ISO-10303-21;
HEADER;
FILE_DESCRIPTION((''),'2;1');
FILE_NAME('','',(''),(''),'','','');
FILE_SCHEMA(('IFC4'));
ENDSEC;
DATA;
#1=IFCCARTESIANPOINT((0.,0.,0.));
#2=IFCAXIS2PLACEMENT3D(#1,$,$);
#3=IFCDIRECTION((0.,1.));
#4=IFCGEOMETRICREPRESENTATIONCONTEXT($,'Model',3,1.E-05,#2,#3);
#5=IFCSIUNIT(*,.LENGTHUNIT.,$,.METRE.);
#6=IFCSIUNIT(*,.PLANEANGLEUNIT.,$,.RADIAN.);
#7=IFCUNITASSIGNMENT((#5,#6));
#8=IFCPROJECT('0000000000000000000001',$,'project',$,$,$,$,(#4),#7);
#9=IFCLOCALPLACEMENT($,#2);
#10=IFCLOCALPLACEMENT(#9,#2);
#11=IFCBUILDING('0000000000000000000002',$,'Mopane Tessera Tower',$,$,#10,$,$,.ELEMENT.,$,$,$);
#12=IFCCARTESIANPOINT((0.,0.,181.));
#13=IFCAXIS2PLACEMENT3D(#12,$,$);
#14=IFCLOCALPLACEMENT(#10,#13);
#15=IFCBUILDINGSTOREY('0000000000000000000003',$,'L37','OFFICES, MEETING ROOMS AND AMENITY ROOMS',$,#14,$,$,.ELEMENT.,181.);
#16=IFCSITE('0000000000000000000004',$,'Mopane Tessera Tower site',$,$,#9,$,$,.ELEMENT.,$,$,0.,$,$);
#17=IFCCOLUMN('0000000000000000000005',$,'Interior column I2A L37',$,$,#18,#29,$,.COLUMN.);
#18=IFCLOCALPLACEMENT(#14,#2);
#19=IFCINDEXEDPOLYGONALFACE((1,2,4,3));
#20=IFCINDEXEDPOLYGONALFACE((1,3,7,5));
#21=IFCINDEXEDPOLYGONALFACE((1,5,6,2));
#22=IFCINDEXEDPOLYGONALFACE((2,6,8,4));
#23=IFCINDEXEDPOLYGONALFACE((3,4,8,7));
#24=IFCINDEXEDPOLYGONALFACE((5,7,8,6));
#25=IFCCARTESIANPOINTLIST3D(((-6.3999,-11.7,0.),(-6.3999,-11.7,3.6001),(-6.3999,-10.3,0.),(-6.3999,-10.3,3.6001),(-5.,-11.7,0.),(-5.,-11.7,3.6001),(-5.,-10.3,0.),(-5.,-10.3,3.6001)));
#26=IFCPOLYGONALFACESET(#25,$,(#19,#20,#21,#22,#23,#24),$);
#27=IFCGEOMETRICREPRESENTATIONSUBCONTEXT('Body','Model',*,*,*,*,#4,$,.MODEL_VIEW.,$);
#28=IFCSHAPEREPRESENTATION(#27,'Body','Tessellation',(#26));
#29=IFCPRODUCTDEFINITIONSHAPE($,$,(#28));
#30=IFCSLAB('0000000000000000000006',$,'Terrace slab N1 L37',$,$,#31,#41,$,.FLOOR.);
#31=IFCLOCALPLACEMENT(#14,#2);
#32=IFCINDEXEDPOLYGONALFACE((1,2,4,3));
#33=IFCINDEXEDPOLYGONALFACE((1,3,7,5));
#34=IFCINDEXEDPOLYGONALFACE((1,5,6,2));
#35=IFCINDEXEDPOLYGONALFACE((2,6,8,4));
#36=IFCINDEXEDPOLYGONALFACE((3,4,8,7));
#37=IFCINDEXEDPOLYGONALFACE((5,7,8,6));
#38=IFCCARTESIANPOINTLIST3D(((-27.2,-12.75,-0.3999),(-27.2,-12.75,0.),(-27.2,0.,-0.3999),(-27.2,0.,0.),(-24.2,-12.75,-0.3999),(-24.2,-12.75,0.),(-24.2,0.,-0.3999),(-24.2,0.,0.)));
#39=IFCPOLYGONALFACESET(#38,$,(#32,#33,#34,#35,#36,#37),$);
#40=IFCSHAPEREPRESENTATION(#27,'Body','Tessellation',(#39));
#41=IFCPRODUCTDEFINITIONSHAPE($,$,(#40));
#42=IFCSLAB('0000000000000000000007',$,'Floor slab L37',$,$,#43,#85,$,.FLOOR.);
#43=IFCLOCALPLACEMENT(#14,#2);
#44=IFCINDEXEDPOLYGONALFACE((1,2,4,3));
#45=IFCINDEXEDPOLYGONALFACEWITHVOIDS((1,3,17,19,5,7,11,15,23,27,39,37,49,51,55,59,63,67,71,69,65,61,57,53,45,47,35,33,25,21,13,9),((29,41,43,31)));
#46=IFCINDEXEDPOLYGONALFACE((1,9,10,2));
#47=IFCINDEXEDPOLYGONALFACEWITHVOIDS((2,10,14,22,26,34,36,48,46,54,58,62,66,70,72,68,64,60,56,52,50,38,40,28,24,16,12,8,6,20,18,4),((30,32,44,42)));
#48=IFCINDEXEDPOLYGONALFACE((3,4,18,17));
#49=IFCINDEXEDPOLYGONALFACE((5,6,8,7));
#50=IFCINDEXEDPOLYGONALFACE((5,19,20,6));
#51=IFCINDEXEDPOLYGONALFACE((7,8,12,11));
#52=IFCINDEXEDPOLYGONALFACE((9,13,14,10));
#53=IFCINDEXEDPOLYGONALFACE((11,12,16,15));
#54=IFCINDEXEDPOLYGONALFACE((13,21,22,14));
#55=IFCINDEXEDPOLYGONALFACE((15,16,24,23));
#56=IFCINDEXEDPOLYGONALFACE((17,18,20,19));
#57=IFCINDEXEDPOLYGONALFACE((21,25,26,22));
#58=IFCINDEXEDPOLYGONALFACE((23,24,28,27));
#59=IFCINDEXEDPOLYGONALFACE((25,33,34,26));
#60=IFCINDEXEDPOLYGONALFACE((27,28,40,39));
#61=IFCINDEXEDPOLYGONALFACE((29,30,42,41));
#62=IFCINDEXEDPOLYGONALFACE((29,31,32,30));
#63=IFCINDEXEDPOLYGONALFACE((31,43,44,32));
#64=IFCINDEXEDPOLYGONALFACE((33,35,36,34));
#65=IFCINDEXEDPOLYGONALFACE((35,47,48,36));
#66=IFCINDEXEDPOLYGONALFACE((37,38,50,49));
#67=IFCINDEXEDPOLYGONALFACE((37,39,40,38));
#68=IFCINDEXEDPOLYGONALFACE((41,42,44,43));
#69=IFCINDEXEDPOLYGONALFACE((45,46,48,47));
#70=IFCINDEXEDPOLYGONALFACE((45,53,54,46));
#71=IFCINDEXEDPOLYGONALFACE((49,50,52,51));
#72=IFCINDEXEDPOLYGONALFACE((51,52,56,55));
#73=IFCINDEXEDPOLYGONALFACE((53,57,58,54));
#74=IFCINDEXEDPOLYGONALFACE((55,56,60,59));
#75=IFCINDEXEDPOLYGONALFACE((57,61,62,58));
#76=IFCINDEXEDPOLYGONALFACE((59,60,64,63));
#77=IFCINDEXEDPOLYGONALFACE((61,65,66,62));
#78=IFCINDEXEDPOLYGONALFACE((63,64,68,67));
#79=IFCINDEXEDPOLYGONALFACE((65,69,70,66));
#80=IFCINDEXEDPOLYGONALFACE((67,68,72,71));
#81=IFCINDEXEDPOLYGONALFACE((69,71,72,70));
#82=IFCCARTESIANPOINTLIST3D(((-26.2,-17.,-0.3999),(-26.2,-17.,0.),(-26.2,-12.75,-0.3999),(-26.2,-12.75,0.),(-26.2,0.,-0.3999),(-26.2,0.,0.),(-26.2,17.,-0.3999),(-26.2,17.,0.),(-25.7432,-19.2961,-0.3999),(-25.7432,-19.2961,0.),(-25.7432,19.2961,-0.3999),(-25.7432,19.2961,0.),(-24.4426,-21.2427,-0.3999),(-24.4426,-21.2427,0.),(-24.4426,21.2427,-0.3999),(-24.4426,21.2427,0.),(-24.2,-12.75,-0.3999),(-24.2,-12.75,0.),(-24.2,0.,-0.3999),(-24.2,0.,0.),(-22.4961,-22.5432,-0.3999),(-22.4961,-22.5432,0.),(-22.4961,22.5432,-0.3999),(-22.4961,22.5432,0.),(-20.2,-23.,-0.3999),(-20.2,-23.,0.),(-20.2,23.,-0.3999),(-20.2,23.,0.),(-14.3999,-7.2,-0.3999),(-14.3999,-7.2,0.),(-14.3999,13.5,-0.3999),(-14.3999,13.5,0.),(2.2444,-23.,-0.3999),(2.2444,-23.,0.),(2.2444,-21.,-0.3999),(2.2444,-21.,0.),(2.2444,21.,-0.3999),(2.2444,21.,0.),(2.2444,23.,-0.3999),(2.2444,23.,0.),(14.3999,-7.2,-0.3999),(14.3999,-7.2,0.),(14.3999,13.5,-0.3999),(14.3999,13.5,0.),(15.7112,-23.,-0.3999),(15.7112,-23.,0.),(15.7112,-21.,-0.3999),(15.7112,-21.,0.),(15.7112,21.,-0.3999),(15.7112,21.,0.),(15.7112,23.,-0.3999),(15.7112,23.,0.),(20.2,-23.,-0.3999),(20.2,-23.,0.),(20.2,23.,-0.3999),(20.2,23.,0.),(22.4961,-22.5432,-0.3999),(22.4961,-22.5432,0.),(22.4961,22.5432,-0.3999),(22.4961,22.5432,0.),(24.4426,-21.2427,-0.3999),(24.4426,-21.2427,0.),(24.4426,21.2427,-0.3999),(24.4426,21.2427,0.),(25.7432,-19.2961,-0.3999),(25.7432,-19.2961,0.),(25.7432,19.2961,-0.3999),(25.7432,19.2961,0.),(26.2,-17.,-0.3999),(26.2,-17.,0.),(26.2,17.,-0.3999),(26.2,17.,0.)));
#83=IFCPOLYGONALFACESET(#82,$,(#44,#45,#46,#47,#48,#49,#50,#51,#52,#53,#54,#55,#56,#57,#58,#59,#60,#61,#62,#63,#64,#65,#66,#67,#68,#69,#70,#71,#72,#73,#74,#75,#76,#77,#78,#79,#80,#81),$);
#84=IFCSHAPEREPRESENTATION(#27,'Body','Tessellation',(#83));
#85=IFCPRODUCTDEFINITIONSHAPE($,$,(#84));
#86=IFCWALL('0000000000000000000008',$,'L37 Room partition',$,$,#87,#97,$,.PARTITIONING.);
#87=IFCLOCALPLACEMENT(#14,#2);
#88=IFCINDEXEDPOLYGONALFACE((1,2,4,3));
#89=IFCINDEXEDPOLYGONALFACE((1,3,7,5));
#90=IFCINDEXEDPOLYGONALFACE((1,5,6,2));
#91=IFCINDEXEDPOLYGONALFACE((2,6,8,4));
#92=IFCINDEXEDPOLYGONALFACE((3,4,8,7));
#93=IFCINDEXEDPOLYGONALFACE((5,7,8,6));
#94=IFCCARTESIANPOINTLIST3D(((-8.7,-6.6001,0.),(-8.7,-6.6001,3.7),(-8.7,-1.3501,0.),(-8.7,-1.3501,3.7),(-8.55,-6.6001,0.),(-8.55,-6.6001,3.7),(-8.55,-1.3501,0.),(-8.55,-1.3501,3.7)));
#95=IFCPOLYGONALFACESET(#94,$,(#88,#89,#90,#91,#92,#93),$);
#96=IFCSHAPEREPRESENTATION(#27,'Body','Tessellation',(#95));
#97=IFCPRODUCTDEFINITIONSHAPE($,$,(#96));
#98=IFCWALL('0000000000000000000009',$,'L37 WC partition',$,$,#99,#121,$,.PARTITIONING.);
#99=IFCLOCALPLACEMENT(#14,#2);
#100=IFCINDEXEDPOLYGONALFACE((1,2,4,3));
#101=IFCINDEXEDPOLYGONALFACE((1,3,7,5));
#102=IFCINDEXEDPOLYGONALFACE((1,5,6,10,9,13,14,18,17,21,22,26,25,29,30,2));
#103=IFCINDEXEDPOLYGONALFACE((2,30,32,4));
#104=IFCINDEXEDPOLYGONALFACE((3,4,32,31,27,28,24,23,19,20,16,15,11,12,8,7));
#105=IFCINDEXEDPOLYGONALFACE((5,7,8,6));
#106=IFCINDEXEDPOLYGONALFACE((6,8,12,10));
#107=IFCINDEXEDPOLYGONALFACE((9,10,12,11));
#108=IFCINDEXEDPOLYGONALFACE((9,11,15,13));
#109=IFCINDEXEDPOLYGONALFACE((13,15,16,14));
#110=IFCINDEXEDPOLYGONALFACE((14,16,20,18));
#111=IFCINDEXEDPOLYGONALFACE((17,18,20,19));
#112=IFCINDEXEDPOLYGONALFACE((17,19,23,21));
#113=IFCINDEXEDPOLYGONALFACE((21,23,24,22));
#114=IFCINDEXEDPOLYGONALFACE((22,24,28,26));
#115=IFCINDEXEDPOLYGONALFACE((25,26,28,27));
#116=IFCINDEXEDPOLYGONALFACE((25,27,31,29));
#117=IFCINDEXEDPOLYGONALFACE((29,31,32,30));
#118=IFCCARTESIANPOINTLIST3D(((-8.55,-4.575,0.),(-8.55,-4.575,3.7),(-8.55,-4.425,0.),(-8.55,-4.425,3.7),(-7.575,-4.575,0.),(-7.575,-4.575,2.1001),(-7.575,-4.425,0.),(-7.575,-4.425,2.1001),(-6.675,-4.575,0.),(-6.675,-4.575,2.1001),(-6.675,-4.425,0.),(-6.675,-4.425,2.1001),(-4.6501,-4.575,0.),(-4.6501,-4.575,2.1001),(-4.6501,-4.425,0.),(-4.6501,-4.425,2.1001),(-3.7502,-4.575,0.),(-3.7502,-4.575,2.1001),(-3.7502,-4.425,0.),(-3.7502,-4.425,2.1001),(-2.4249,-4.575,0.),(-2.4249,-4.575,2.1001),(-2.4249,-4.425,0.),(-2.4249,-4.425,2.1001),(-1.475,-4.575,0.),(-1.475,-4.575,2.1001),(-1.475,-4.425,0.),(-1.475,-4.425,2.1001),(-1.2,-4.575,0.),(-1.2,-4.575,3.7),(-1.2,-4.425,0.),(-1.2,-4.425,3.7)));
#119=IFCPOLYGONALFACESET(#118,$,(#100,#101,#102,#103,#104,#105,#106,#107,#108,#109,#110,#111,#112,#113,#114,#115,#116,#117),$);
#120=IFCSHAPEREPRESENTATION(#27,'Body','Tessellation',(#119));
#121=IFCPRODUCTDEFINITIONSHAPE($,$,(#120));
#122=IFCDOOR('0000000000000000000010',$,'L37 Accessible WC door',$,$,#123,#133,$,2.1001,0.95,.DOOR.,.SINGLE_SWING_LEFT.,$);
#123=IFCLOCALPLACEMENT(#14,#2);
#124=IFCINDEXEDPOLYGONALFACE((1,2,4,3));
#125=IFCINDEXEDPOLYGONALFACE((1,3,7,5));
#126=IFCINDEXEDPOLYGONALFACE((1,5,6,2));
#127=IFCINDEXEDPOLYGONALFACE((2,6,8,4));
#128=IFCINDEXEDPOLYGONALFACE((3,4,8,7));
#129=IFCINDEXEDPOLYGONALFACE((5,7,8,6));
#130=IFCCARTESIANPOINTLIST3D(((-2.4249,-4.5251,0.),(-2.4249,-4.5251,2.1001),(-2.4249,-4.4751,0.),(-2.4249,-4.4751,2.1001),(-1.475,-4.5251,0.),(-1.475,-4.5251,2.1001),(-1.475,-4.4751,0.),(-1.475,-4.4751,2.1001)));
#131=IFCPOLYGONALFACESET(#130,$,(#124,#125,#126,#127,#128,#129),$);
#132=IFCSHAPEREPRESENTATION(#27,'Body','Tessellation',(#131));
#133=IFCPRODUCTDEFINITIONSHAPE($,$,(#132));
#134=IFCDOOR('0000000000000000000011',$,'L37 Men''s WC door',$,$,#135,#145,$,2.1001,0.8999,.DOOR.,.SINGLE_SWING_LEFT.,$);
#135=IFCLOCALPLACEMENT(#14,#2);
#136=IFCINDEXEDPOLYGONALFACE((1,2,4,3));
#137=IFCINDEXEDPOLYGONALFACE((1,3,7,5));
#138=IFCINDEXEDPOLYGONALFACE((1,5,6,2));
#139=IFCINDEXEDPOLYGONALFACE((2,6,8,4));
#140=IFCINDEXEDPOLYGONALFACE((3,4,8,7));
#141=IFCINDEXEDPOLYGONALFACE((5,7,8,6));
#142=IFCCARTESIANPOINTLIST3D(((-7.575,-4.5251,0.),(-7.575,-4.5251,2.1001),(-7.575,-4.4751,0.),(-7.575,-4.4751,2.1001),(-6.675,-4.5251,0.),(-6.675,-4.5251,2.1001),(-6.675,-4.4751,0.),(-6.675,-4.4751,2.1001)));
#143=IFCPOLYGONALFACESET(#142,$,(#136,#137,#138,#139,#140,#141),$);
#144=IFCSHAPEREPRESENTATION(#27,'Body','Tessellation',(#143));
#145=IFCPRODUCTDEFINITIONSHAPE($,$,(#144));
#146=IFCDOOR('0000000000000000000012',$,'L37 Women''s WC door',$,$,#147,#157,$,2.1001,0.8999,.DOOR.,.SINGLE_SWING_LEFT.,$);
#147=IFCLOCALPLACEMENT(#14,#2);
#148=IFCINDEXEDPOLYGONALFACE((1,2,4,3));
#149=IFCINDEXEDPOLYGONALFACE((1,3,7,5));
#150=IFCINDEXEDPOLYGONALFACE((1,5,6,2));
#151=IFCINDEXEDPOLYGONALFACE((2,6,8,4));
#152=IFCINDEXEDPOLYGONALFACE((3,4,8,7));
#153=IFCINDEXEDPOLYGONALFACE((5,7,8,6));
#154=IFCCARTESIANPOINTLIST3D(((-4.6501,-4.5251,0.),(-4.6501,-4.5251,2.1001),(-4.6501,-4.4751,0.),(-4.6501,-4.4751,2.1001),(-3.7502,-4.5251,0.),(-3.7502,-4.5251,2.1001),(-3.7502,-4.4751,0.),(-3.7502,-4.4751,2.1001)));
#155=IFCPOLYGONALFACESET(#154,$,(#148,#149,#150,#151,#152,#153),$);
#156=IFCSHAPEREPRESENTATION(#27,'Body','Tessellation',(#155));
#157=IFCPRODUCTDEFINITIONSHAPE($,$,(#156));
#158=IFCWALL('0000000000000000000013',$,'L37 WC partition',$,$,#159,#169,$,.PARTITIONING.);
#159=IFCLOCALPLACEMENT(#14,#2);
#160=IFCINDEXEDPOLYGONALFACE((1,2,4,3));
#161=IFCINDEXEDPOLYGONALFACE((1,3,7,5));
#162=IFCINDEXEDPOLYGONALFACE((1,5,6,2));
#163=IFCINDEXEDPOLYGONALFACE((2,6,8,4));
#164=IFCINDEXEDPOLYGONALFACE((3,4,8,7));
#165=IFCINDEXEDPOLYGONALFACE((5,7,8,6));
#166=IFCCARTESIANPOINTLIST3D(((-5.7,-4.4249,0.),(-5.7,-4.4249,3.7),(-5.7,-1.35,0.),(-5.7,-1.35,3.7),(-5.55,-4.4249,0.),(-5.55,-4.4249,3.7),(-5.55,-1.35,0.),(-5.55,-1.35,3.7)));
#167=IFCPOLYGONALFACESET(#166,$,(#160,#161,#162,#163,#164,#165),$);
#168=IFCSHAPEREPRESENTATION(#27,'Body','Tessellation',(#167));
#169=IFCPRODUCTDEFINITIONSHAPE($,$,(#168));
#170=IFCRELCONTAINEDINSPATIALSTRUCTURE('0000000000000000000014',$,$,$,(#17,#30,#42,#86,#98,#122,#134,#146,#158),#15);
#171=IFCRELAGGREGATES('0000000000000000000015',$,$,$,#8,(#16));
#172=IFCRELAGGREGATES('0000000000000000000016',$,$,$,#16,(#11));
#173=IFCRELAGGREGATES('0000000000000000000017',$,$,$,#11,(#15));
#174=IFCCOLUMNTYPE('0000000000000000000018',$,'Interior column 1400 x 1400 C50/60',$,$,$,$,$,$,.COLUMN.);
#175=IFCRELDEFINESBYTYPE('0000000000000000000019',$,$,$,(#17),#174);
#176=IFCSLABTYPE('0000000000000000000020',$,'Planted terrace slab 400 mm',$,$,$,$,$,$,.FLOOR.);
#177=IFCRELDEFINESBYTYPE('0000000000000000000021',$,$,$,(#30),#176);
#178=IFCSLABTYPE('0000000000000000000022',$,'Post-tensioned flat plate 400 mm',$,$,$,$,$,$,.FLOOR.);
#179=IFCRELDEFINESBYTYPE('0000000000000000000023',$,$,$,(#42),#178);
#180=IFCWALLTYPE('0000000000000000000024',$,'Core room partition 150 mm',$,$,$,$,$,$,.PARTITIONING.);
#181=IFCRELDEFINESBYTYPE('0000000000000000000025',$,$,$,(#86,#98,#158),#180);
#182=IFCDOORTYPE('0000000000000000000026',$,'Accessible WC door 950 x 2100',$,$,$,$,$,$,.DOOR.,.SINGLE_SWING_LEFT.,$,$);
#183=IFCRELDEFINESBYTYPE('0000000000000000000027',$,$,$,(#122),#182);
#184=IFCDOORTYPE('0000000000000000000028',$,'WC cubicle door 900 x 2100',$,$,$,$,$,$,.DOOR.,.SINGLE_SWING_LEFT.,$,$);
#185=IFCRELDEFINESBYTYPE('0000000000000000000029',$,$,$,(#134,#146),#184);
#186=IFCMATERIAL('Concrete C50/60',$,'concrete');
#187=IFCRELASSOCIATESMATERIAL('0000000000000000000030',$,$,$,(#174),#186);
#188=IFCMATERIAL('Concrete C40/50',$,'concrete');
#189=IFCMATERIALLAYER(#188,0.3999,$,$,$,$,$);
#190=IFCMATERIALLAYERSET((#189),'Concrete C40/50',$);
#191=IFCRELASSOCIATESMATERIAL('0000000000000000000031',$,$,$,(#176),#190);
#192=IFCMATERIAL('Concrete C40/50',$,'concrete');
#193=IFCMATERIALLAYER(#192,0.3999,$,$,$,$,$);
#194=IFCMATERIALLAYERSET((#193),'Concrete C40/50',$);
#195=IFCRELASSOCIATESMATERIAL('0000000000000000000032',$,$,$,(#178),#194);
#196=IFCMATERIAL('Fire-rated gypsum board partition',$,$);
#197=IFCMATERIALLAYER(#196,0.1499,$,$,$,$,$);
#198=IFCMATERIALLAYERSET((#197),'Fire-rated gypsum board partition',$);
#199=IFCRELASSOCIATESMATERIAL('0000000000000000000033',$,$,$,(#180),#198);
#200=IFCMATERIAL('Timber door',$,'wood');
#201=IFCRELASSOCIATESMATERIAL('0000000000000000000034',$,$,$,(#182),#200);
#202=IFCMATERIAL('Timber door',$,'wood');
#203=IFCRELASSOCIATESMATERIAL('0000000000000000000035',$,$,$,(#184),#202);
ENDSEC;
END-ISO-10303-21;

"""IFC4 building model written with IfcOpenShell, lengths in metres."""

from ifc_helpers import new_model, si_unit, direction, frame, frame_2d, origin, origin_2d, place, context, subcontext, project, spatial, polyline, rectangle, outline, extrude, material, layer, layer_set, material_profile, profile_set, type_object, element, fill, save


model = new_model("IFC4")

# Units and contexts
model_context = context("Model", 3, precision=1e-05, world=origin(), true_north=direction((0.0, 1.0)))
body_context = subcontext(model_context, "Body", "Model", "MODEL_VIEW")
ifc_project = project(units=[si_unit("LENGTHUNIT", "METRE"), si_unit("PLANEANGLEUNIT", "RADIAN")], contexts=[model_context])

# Site, building, storey
site_placement = place(None, origin())
site = spatial("IfcSite", under=ifc_project, at=site_placement, Name="Mopane Tessera Tower site", CompositionType="ELEMENT", RefElevation=0.0)
building_placement = place(site_placement, origin())
building = spatial("IfcBuilding", under=site, at=building_placement, Name="Mopane Tessera Tower", CompositionType="ELEMENT")
storey_placement = place(building_placement, frame((0.0, 0.0, 181.0)))
storey = spatial("IfcBuildingStorey", under=building, at=storey_placement, Name="L37", Description="OFFICES, MEETING ROOMS AND AMENITY ROOMS", CompositionType="ELEMENT", Elevation=181.0)

# Column
ifc_material_1 = material(Name="Concrete C50/60", Category="concrete")
ifc_material_profile = material_profile(ifc_material_1, rectangle(XDim=1.3999, YDim=1.3999, at=origin_2d()))
ifc_profile_set = profile_set([ifc_material_profile], Name="Concrete C50/60")
column_type = type_object("IfcColumnType", Name="Interior column 1400 x 1400 C50/60", PredefinedType="COLUMN", material=ifc_profile_set)
column_placement = place(storey_placement, frame((-5.7, -11.0, 0.0), z_axis=(0.0, 0.0, 1.0), x_axis=(1.0, 0.0, 0.0)))
element("IfcColumn", 1, at=column_placement, inside=storey, type_object=column_type, Name="Interior column I2A L37", PredefinedType="COLUMN", context=body_context, shape_type="SweptSolid", body=[
    extrude(rectangle(XDim=1.3999, YDim=1.3999, at=origin_2d()), origin(), (0.0, 0.0, 1.0), 3.6001),
])

# Slabs
ifc_material_2 = material(Name="Concrete C40/50", Category="concrete")
ifc_layer_1 = layer(ifc_material_2, 0.3999)
ifc_layer_set_1 = layer_set([ifc_layer_1], Name="Concrete C40/50")
slab_type_1 = type_object("IfcSlabType", Name="Planted terrace slab 400 mm", PredefinedType="FLOOR", material=ifc_layer_set_1)
slab_1_placement = place(storey_placement, frame((0.0, 0.0, -0.3999)))
element("IfcSlab", 2, at=slab_1_placement, inside=storey, type_object=slab_type_1, Name="Terrace slab N1 L37", PredefinedType="FLOOR", context=body_context, shape_type="SweptSolid", body=[
    extrude(outline(polyline([(-27.2, -12.75), (-24.2, -12.75), (-24.2, 0.0), (-27.2, 0.0), (-27.2, -12.75)])), origin(), (0.0, 0.0, 1.0), 0.3999),
])
ifc_material_3 = material(Name="Concrete C40/50", Category="concrete")
ifc_layer_2 = layer(ifc_material_3, 0.3999)
ifc_layer_set_2 = layer_set([ifc_layer_2], Name="Concrete C40/50")
slab_type_2 = type_object("IfcSlabType", Name="Post-tensioned flat plate 400 mm", PredefinedType="FLOOR", material=ifc_layer_set_2)
slab_2_placement = place(storey_placement, frame((0.0, 0.0, -0.3999)))
element("IfcSlab", 3, at=slab_2_placement, inside=storey, type_object=slab_type_2, Name="Floor slab L37", PredefinedType="FLOOR", context=body_context, shape_type="SweptSolid", body=[
    extrude(outline(polyline([(-20.2, -23.0), (2.2444, -23.0), (2.2444, -21.0), (15.7112, -21.0), (15.7112, -23.0), (20.2, -23.0), (22.4961, -22.5432), (24.4426, -21.2427), (25.7432, -19.2961), (26.2, -17.0), (26.2, 17.0), (25.7432, 19.2961), (24.4426, 21.2427), (22.4961, 22.5432), (20.2, 23.0), (15.7112, 23.0), (15.7112, 21.0), (2.2444, 21.0), (2.2444, 23.0), (-20.2, 23.0), (-22.4961, 22.5432), (-24.4426, 21.2427), (-25.7432, 19.2961), (-26.2, 17.0), (-26.2, 0.0), (-24.2, 0.0), (-24.2, -12.75), (-26.2, -12.75), (-26.2, -17.0), (-25.7432, -19.2961), (-24.4426, -21.2427), (-22.4961, -22.5432), (-20.2, -23.0)]), holes=[polyline([(14.3999, -7.2), (-14.3999, -7.2), (-14.3999, 13.5), (14.3999, 13.5), (14.3999, -7.2)])]), origin(), (0.0, 0.0, 1.0), 0.3999),
])

# Wall
ifc_material_4 = material(Name="Fire-rated gypsum board partition")
ifc_layer_3 = layer(ifc_material_4, 0.1499)
ifc_layer_set_3 = layer_set([ifc_layer_3], Name="Fire-rated gypsum board partition")
wall_type_1 = type_object("IfcWallType", Name="Core room partition 150 mm", PredefinedType="PARTITIONING", material=ifc_layer_set_3)
wall_1_placement = place(storey_placement, frame((-8.625, -6.6001, 0.0), z_axis=(0.0, 0.0, 1.0), x_axis=(0.0, 1.0, 0.0)))
element("IfcWall", 4, at=wall_1_placement, inside=storey, type_object=wall_type_1, Name="L37 Room partition", PredefinedType="PARTITIONING", context=body_context, shape_type="SweptSolid", body=[
    extrude(rectangle(XDim=5.25, YDim=0.1499, at=frame_2d((2.625, 0.0))), origin(), (0.0, 0.0, 1.0), 3.7),
])

# Wall, openings, doors
wall_2_placement = place(storey_placement, frame((-8.55, -4.5, 0.0), z_axis=(0.0, 0.0, 1.0), x_axis=(1.0, 0.0, 0.0)))
wall_2 = element("IfcWall", 5, at=wall_2_placement, inside=storey, type_object=wall_type_1, Name="L37 WC partition", PredefinedType="PARTITIONING", context=body_context, shape_type="SweptSolid", body=[
    extrude(rectangle(XDim=7.3501, YDim=0.1499, at=frame_2d((3.675, 0.0))), origin(), (0.0, 0.0, 1.0), 3.7),
])
opening_1_placement = place(wall_2_placement, frame((0.9751, 0.0, 0.0)))
opening_1 = element("IfcOpeningElement", 6, at=opening_1_placement, cuts=wall_2, PredefinedType="OPENING", context=body_context, shape_type="SweptSolid", body=[
    extrude(rectangle(XDim=0.8999, YDim=2.1001, at=frame_2d((0.45, 1.05))), frame((0.0, 0.0869, 0.0), z_axis=(0.0, -1.0, 0.0), x_axis=(1.0, 0.0, 0.0)), (0.0, 0.0, 1.0), 0.1738),
])
opening_2_placement = place(wall_2_placement, frame((3.8999, 0.0, 0.0)))
opening_2 = element("IfcOpeningElement", 7, at=opening_2_placement, cuts=wall_2, PredefinedType="OPENING", context=body_context, shape_type="SweptSolid", body=[
    extrude(rectangle(XDim=0.8999, YDim=2.1001, at=frame_2d((0.45, 1.05))), frame((0.0, 0.0869, 0.0), z_axis=(0.0, -1.0, 0.0), x_axis=(1.0, 0.0, 0.0)), (0.0, 0.0, 1.0), 0.1738),
])
opening_3_placement = place(wall_2_placement, frame((6.125, 0.0, 0.0)))
opening_3 = element("IfcOpeningElement", 8, at=opening_3_placement, cuts=wall_2, PredefinedType="OPENING", context=body_context, shape_type="SweptSolid", body=[
    extrude(rectangle(XDim=0.95, YDim=2.1001, at=frame_2d((0.4751, 1.05))), frame((0.0, 0.0869, 0.0), z_axis=(0.0, -1.0, 0.0), x_axis=(1.0, 0.0, 0.0)), (0.0, 0.0, 1.0), 0.1738),
])
ifc_material_5 = material(Name="Timber door", Category="wood")
door_type_1 = type_object("IfcDoorType", Name="Accessible WC door 950 x 2100", OperationType="SINGLE_SWING_LEFT", PredefinedType="DOOR", material=ifc_material_5)
door_1_placement = place(opening_3_placement, origin())
door_1 = element("IfcDoor", 9, at=door_1_placement, inside=storey, type_object=door_type_1, Name="L37 Accessible WC door", OperationType="SINGLE_SWING_LEFT", OverallHeight=2.1001, OverallWidth=0.95, PredefinedType="DOOR", context=body_context, shape_type="SweptSolid", body=[
    extrude(rectangle(XDim=0.95, YDim=2.1001, at=frame_2d((0.4751, 1.05))), frame((0.0, 0.0249, 0.0), z_axis=(0.0, -1.0, 0.0), x_axis=(1.0, 0.0, 0.0)), (0.0, 0.0, 1.0), 0.05),
])
fill(opening_3, door_1)
ifc_material_6 = material(Name="Timber door", Category="wood")
door_type_2 = type_object("IfcDoorType", Name="WC cubicle door 900 x 2100", OperationType="SINGLE_SWING_LEFT", PredefinedType="DOOR", material=ifc_material_6)
door_2_placement = place(opening_1_placement, origin())
door_2 = element("IfcDoor", 10, at=door_2_placement, inside=storey, type_object=door_type_2, Name="L37 Men's WC door", OperationType="SINGLE_SWING_LEFT", OverallHeight=2.1001, OverallWidth=0.8999, PredefinedType="DOOR", context=body_context, shape_type="SweptSolid", body=[
    extrude(rectangle(XDim=0.8999, YDim=2.1001, at=frame_2d((0.45, 1.05))), frame((0.0, 0.0249, 0.0), z_axis=(0.0, -1.0, 0.0), x_axis=(1.0, 0.0, 0.0)), (0.0, 0.0, 1.0), 0.05),
])
fill(opening_1, door_2)
door_3_placement = place(opening_2_placement, origin())
door_3 = element("IfcDoor", 11, at=door_3_placement, inside=storey, type_object=door_type_2, Name="L37 Women's WC door", OperationType="SINGLE_SWING_LEFT", OverallHeight=2.1001, OverallWidth=0.8999, PredefinedType="DOOR", context=body_context, shape_type="SweptSolid", body=[
    extrude(rectangle(XDim=0.8999, YDim=2.1001, at=frame_2d((0.45, 1.05))), frame((0.0, 0.0249, 0.0), z_axis=(0.0, -1.0, 0.0), x_axis=(1.0, 0.0, 0.0)), (0.0, 0.0, 1.0), 0.05),
])
fill(opening_2, door_3)

# Wall
for number, where, z_axis, x_axis, name in (
    (12, (-5.625, -4.425, 0.0), (0.0, 0.0, 1.0), (0.0, 1.0, 0.0), "L37 WC partition"),
):
    element("IfcWall", number, at=place(storey_placement, frame(where, z_axis=z_axis, x_axis=x_axis)), inside=storey, type_object=wall_type_1, Name=name, PredefinedType="PARTITIONING", context=body_context, shape_type="SweptSolid", body=[
        extrude(rectangle(XDim=3.075, YDim=0.1499, at=frame_2d((1.5376, 0.0))), origin(), (0.0, 0.0, 1.0), 3.7),
    ])

save(model, "model.ifc")
